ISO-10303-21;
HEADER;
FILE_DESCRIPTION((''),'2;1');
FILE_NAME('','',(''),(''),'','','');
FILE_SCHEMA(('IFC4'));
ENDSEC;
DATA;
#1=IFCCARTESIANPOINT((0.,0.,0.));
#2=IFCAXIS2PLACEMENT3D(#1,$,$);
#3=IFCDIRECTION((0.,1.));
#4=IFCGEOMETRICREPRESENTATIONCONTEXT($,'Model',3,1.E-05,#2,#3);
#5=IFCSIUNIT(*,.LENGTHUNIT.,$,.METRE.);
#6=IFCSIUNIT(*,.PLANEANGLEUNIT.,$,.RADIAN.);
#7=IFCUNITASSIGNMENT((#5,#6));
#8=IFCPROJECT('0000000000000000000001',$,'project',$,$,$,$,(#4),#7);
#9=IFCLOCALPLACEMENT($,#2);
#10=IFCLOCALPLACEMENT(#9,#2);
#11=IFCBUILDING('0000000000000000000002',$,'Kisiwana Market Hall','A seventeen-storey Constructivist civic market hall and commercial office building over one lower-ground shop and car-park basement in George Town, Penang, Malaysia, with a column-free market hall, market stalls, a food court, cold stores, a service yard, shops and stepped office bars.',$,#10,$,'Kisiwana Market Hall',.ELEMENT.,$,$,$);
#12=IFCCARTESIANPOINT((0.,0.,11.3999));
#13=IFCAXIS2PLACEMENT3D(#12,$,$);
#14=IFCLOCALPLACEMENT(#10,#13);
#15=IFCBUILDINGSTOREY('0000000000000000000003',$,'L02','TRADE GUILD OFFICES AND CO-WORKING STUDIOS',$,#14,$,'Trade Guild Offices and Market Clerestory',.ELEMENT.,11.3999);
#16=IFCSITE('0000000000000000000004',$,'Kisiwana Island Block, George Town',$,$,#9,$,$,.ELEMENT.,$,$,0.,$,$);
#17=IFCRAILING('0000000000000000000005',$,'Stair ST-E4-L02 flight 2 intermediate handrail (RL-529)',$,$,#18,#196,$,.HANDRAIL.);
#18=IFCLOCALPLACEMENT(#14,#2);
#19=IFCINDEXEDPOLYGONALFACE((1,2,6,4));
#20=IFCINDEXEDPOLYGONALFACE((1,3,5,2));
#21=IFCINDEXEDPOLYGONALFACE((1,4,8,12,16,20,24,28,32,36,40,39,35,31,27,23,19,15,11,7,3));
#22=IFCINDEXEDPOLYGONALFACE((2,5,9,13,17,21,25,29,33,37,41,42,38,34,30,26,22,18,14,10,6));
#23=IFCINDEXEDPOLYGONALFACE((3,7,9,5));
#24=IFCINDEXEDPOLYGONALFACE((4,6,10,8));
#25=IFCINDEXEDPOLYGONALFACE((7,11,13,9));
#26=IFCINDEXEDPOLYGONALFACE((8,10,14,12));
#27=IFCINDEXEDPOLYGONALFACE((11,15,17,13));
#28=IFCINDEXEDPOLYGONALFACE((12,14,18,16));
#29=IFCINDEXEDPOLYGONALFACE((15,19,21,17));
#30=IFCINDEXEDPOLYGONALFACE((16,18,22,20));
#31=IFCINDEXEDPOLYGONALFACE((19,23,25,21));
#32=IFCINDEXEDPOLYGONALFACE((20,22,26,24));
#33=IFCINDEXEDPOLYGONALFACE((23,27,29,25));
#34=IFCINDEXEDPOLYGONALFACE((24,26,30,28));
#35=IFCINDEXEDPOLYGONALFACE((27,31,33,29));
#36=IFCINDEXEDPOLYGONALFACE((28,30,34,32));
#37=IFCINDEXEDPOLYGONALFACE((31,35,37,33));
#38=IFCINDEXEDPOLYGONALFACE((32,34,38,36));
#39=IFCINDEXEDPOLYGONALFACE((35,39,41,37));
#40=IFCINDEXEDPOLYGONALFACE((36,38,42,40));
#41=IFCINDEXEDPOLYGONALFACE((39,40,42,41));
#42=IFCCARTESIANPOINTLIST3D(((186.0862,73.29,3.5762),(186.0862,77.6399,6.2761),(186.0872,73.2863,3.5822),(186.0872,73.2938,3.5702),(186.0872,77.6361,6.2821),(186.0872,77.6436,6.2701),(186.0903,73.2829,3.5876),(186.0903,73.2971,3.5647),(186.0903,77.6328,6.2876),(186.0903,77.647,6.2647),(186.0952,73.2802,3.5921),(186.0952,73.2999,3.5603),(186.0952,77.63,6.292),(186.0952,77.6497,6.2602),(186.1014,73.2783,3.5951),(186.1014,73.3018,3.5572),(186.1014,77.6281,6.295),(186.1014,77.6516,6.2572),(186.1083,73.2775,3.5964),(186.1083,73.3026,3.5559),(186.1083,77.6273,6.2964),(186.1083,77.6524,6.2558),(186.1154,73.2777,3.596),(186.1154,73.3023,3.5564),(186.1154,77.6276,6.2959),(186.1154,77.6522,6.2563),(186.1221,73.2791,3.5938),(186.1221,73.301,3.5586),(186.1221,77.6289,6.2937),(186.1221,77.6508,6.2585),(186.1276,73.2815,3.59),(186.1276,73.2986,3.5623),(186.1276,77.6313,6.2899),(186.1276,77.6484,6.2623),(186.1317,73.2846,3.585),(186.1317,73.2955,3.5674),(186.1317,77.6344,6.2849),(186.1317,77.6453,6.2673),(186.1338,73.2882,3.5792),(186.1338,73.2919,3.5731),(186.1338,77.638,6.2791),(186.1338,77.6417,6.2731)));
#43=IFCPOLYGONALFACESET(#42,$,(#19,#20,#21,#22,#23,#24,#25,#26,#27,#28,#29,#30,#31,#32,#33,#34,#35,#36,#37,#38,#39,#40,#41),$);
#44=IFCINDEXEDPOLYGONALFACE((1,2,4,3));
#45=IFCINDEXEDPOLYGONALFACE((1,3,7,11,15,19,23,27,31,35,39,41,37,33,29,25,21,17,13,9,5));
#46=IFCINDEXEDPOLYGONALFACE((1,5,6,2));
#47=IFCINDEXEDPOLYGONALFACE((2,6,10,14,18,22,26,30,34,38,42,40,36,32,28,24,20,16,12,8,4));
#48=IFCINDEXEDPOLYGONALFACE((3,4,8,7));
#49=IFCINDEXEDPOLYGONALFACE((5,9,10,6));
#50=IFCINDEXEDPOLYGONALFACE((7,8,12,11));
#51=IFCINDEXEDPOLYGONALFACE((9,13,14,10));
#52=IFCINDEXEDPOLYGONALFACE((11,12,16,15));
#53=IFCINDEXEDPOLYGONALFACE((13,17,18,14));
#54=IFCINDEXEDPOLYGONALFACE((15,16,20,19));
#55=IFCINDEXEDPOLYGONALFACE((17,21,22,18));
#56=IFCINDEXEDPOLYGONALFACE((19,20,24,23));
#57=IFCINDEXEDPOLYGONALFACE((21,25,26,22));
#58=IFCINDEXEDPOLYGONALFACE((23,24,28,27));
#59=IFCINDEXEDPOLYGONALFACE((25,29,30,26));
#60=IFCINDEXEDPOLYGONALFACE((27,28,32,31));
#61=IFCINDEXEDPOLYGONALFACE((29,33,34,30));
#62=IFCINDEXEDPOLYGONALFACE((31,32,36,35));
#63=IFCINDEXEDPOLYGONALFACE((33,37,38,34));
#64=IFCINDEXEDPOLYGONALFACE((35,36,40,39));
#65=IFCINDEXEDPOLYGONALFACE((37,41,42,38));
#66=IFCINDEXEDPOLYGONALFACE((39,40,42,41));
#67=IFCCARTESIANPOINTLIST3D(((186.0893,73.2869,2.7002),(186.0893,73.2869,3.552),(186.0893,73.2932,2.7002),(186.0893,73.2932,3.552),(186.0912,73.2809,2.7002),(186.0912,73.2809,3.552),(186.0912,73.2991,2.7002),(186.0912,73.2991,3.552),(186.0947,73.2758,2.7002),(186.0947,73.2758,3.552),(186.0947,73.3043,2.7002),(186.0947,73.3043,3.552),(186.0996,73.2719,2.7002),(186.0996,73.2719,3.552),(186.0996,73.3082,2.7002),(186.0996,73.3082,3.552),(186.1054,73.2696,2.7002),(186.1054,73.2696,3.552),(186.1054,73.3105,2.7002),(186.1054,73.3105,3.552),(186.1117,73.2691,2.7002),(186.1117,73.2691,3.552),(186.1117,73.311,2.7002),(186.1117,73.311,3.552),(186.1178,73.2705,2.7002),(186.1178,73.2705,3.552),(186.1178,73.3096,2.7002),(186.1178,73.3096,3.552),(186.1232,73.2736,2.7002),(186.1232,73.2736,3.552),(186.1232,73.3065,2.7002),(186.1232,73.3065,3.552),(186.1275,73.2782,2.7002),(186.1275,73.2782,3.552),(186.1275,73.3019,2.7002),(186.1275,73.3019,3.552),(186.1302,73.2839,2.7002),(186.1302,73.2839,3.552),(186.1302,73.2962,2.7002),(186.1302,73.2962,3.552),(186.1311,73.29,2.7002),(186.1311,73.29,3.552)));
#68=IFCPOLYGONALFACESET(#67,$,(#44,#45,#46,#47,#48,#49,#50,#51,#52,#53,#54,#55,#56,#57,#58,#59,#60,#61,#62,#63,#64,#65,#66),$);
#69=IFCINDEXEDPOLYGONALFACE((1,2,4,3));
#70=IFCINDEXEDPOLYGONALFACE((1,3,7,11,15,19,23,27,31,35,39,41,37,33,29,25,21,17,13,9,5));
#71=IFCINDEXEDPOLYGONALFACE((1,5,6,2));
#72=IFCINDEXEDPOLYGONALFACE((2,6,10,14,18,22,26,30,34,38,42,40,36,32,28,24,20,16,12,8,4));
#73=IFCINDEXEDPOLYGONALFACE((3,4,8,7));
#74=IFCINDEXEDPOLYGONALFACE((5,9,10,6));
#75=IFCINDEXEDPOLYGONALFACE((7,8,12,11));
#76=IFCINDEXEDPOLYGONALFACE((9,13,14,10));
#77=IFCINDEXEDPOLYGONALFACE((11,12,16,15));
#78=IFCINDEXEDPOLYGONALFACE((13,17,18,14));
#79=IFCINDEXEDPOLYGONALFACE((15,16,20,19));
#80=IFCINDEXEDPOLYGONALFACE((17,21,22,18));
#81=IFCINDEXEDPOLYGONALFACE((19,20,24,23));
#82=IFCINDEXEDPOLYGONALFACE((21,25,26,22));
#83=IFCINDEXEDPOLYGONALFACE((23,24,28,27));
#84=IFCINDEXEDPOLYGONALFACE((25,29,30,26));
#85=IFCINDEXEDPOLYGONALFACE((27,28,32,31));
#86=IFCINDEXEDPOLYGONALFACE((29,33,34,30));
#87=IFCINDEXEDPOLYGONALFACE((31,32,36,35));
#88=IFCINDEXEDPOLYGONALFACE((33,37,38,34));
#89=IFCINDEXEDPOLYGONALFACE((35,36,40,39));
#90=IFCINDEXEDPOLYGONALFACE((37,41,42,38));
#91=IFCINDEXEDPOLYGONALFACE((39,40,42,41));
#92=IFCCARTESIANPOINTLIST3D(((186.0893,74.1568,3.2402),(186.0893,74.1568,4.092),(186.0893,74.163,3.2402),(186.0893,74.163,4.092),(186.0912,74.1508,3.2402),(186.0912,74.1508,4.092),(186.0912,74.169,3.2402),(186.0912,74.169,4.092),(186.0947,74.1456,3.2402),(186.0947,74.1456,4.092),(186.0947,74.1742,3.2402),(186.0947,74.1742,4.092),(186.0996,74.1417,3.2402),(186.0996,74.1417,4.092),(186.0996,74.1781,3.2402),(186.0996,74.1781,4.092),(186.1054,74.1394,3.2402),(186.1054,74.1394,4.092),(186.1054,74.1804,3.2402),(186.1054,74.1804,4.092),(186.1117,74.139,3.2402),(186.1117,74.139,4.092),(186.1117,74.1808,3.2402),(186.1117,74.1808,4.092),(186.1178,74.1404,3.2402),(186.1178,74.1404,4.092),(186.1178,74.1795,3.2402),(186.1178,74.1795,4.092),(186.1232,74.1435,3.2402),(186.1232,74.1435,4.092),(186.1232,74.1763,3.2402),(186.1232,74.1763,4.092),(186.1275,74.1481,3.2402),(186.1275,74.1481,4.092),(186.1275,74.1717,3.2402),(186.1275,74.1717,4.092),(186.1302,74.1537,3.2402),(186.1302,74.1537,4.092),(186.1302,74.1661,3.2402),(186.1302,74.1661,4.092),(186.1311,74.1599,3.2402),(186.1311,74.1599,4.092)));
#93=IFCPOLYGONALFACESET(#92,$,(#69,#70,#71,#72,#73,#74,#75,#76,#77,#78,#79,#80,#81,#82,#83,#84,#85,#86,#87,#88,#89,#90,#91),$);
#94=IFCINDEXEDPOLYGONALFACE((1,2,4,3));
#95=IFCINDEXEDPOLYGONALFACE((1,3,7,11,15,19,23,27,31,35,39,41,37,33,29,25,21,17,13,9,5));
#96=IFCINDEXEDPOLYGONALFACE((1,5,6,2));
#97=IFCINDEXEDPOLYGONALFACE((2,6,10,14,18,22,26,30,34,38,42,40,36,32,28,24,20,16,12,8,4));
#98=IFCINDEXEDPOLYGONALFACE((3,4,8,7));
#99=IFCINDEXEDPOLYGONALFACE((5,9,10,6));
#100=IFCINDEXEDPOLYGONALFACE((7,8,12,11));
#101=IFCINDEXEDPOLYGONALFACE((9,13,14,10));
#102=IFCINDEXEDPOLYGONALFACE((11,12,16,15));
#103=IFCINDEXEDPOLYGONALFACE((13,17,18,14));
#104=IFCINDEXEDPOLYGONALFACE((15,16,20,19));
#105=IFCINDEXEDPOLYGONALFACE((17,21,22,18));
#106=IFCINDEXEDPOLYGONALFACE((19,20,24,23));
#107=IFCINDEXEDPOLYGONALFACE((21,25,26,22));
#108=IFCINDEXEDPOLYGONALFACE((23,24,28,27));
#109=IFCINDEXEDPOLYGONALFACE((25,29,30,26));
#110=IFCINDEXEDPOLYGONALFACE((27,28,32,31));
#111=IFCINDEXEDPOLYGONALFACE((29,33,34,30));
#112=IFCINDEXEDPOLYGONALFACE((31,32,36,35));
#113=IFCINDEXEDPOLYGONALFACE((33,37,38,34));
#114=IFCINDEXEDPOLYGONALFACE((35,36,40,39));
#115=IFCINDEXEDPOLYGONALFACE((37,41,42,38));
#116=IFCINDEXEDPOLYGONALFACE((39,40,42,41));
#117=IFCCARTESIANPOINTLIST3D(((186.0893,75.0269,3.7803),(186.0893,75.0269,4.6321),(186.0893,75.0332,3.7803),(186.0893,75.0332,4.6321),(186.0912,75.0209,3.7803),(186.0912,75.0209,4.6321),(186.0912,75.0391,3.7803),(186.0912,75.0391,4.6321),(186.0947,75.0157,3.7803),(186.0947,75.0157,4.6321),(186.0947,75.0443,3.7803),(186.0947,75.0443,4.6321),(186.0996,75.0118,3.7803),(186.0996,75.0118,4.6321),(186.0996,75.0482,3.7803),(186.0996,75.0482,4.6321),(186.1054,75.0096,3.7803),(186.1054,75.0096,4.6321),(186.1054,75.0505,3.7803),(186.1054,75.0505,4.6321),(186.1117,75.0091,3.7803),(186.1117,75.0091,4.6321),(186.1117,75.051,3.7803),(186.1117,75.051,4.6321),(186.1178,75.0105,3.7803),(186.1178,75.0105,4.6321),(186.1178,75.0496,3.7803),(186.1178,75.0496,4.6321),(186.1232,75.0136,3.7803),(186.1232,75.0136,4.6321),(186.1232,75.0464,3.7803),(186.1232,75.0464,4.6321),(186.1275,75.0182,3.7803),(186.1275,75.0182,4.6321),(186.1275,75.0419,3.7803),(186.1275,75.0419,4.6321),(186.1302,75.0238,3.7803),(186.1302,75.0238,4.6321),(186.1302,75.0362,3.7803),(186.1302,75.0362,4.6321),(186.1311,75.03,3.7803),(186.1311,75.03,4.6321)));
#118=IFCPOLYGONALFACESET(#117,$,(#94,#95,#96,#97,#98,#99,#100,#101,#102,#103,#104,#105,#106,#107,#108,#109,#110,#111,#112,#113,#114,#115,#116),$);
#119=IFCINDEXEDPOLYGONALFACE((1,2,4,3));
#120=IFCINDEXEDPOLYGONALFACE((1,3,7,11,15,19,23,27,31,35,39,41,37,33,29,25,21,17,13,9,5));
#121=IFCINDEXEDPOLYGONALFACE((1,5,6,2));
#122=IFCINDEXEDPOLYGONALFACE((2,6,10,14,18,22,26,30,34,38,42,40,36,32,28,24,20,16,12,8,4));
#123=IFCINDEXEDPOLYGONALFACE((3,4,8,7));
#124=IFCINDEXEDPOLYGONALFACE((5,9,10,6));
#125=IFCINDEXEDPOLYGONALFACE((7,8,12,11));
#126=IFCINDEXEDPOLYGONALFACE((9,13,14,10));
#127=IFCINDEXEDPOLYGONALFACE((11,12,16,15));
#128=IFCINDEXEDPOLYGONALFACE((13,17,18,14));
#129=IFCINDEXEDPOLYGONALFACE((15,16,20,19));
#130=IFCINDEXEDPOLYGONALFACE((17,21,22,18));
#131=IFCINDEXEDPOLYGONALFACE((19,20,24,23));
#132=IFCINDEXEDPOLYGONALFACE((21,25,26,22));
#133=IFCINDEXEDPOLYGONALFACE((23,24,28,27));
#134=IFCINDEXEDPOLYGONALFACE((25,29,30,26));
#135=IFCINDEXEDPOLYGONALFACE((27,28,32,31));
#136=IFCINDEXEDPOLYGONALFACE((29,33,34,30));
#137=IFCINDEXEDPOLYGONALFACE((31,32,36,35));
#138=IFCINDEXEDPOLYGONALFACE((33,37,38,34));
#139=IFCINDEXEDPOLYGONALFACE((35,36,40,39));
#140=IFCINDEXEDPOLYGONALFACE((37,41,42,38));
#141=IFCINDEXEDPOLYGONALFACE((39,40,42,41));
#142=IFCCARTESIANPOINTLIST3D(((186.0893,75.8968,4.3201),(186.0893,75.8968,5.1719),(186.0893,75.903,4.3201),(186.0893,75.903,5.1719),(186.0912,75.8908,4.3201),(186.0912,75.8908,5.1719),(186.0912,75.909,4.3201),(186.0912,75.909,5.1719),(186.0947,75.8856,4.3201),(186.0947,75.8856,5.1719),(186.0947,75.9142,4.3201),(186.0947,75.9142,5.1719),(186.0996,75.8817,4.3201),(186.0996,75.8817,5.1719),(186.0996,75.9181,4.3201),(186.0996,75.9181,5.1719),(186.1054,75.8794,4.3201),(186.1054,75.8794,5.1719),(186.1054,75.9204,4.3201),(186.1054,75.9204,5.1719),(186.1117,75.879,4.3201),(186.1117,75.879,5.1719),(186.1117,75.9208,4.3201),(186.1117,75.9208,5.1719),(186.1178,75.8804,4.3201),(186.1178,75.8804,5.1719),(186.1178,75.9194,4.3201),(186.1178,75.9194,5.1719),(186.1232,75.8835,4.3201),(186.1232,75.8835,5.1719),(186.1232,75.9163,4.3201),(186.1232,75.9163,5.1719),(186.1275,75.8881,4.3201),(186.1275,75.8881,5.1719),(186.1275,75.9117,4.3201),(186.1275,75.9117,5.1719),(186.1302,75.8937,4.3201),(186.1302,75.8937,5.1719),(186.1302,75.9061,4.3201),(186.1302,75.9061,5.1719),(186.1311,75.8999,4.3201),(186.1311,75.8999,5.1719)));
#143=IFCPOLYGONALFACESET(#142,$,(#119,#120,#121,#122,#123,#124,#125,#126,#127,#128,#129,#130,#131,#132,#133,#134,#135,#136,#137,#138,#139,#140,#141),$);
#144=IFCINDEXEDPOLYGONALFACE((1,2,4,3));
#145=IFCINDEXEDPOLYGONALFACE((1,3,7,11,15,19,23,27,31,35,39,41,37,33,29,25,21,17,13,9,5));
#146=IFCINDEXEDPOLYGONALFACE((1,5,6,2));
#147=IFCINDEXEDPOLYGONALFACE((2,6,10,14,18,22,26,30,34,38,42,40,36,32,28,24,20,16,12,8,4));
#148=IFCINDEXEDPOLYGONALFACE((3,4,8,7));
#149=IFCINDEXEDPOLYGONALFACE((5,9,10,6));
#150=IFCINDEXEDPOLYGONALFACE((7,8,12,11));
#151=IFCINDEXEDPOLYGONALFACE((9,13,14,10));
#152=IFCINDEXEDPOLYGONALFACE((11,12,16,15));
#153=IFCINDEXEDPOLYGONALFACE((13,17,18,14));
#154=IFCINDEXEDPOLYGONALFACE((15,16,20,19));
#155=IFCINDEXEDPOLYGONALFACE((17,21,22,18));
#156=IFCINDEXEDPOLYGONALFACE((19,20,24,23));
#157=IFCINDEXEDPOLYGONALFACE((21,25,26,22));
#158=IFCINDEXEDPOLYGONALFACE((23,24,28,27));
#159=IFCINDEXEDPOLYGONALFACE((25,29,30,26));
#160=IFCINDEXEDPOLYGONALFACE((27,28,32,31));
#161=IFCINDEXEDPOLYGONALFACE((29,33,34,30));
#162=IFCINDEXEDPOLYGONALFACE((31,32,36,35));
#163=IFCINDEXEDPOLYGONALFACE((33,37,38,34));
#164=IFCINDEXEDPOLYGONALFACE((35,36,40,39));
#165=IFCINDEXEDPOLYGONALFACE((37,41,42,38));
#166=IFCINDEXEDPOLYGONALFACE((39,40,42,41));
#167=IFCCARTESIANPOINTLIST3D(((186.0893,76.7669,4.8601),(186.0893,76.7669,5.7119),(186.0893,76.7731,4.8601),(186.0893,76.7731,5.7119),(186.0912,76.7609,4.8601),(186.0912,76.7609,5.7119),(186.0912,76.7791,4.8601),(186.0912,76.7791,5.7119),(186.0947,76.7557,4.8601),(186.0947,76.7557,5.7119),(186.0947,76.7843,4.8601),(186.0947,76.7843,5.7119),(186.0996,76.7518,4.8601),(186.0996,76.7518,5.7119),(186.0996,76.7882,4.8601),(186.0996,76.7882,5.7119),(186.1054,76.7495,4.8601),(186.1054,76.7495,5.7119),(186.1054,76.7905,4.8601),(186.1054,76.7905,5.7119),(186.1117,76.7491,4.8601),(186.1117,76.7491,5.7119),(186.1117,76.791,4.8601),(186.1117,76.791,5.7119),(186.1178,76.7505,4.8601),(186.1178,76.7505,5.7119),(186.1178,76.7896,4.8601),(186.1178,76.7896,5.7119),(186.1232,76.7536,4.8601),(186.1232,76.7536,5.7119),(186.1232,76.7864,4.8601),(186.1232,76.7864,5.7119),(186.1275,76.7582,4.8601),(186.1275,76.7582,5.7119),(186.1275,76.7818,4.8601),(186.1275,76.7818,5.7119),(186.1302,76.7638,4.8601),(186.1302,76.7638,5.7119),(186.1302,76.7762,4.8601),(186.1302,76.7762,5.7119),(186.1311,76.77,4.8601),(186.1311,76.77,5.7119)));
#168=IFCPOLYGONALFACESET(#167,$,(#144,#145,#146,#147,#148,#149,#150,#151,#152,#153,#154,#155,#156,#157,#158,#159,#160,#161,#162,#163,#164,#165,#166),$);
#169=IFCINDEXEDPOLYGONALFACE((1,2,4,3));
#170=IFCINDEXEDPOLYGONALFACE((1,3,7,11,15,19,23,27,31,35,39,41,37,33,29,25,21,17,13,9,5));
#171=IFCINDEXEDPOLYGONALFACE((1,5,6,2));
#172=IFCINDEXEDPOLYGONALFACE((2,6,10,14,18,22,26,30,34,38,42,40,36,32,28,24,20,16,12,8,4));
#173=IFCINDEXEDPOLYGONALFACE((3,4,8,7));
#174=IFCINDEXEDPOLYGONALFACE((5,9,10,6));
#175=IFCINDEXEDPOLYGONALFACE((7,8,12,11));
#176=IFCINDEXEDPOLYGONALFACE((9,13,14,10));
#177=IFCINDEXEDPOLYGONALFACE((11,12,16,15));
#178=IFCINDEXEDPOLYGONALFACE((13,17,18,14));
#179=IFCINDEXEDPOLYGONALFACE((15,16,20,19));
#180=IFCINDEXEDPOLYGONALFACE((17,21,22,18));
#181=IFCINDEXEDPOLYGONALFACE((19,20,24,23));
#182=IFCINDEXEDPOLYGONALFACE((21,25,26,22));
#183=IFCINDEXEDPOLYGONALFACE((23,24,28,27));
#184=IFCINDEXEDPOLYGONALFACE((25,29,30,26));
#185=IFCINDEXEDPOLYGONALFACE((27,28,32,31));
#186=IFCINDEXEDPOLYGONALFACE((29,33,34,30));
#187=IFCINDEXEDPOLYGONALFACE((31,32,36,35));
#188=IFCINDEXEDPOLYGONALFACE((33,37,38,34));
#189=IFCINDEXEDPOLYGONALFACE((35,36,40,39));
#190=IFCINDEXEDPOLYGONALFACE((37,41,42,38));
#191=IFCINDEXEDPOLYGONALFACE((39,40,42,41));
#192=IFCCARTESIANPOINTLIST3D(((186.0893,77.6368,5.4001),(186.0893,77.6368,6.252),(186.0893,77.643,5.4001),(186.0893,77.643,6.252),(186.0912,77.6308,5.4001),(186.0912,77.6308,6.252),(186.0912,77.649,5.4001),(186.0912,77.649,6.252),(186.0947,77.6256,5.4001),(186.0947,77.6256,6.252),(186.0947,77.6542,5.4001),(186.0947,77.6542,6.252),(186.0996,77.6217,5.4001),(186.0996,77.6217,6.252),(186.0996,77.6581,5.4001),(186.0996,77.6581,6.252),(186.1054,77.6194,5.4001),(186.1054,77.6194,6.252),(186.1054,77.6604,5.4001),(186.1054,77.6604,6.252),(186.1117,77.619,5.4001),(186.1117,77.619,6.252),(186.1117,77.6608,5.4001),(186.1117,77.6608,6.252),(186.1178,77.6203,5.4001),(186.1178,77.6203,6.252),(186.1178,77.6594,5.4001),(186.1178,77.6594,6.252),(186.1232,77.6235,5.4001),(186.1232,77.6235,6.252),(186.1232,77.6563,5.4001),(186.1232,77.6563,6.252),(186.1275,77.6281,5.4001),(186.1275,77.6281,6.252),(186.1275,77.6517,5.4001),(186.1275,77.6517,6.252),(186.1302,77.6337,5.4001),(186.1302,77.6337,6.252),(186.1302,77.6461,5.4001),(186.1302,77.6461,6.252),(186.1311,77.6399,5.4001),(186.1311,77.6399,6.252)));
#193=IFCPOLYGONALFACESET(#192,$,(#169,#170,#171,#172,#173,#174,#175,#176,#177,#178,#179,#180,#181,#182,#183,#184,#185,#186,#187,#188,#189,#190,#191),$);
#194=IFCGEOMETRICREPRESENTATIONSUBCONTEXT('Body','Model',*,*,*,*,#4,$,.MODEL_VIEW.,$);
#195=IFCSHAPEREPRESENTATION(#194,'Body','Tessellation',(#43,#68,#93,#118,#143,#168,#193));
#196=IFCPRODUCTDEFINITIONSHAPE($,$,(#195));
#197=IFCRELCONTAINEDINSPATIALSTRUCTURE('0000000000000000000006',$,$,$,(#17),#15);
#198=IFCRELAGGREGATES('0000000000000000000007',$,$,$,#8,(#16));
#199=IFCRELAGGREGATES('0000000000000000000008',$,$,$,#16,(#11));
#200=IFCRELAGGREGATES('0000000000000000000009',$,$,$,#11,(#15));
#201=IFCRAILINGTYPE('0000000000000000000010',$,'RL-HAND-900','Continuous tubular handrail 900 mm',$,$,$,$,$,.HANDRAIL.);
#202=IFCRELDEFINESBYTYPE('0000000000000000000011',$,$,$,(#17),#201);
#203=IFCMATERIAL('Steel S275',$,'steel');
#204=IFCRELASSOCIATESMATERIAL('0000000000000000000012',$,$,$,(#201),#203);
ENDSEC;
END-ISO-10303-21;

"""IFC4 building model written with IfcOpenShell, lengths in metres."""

from ifc_helpers import new_model, si_unit, direction, frame, origin, origin_2d, place, context, subcontext, project, spatial, circle, extrude, material, type_object, element, save


model = new_model("IFC4")

# Units and contexts
model_context = context("Model", 3, precision=1e-05, world=origin(), true_north=direction((0.0, 1.0)))
body_context = subcontext(model_context, "Body", "Model", "MODEL_VIEW")
ifc_project = project(units=[si_unit("LENGTHUNIT", "METRE"), si_unit("PLANEANGLEUNIT", "RADIAN")], contexts=[model_context])

# Site, building, storey
site_placement = place(None, origin())
site = spatial("IfcSite", under=ifc_project, at=site_placement, Name="Kisiwana Island Block, George Town", CompositionType="ELEMENT", RefElevation=0.0)
building_placement = place(site_placement, origin())
building = spatial("IfcBuilding", under=site, at=building_placement, Name="Kisiwana Market Hall", Description="A seventeen-storey Constructivist civic market hall and commercial office building over one lower-ground shop and car-park basement in George Town, Penang, Malaysia, with a column-free market hall, market stalls, a food court, cold stores, a service yard, shops and stepped office bars.", LongName="Kisiwana Market Hall", CompositionType="ELEMENT")
storey_placement = place(building_placement, frame((0.0, 0.0, 11.3999)))
storey = spatial("IfcBuildingStorey", under=building, at=storey_placement, Name="L02", Description="TRADE GUILD OFFICES AND CO-WORKING STUDIOS", LongName="Trade Guild Offices and Market Clerestory", CompositionType="ELEMENT", Elevation=11.3999)

# Railing
ifc_material_1 = material(Name="Steel S275", Category="steel")
railing_type = type_object("IfcRailingType", Name="RL-HAND-900", Description="Continuous tubular handrail 900 mm", PredefinedType="HANDRAIL", material=ifc_material_1)
for number, where, name in (
    (1, (186.1101, 73.29, 2.7002), "Stair ST-E4-L02 flight 2 intermediate handrail (RL-529)"),
):
    element("IfcRailing", number, at=place(storey_placement, frame(where)), inside=storey, type_object=railing_type, Name=name, PredefinedType="HANDRAIL", context=body_context, shape_type="SweptSolid", body=[
        extrude(circle(Radius=0.0239, at=origin_2d()), frame((0.0, 0.0, 0.876), z_axis=(0.0, 0.849636, 0.527369), x_axis=(-1.0, 0.0, 0.0)), (0.0, 0.0, 1.0), 5.1196),
        extrude(circle(Radius=0.021, at=origin_2d()), origin(), (0.0, 0.0, 1.0), 0.8518),
        extrude(circle(Radius=0.021, at=origin_2d()), frame((0.0, 0.8699, 0.54)), (0.0, 0.0, 1.0), 0.8518),
        extrude(circle(Radius=0.021, at=origin_2d()), frame((0.0, 1.74, 1.0801)), (0.0, 0.0, 1.0), 0.8518),
        extrude(circle(Radius=0.021, at=origin_2d()), frame((0.0, 2.6099, 1.6199)), (0.0, 0.0, 1.0), 0.8518),
        extrude(circle(Radius=0.021, at=origin_2d()), frame((0.0, 3.48, 2.1599)), (0.0, 0.0, 1.0), 0.8518),
        extrude(circle(Radius=0.021, at=origin_2d()), frame((0.0, 4.3499, 2.7)), (0.0, 0.0, 1.0), 0.8518),
    ])

save(model, "model.ifc")
